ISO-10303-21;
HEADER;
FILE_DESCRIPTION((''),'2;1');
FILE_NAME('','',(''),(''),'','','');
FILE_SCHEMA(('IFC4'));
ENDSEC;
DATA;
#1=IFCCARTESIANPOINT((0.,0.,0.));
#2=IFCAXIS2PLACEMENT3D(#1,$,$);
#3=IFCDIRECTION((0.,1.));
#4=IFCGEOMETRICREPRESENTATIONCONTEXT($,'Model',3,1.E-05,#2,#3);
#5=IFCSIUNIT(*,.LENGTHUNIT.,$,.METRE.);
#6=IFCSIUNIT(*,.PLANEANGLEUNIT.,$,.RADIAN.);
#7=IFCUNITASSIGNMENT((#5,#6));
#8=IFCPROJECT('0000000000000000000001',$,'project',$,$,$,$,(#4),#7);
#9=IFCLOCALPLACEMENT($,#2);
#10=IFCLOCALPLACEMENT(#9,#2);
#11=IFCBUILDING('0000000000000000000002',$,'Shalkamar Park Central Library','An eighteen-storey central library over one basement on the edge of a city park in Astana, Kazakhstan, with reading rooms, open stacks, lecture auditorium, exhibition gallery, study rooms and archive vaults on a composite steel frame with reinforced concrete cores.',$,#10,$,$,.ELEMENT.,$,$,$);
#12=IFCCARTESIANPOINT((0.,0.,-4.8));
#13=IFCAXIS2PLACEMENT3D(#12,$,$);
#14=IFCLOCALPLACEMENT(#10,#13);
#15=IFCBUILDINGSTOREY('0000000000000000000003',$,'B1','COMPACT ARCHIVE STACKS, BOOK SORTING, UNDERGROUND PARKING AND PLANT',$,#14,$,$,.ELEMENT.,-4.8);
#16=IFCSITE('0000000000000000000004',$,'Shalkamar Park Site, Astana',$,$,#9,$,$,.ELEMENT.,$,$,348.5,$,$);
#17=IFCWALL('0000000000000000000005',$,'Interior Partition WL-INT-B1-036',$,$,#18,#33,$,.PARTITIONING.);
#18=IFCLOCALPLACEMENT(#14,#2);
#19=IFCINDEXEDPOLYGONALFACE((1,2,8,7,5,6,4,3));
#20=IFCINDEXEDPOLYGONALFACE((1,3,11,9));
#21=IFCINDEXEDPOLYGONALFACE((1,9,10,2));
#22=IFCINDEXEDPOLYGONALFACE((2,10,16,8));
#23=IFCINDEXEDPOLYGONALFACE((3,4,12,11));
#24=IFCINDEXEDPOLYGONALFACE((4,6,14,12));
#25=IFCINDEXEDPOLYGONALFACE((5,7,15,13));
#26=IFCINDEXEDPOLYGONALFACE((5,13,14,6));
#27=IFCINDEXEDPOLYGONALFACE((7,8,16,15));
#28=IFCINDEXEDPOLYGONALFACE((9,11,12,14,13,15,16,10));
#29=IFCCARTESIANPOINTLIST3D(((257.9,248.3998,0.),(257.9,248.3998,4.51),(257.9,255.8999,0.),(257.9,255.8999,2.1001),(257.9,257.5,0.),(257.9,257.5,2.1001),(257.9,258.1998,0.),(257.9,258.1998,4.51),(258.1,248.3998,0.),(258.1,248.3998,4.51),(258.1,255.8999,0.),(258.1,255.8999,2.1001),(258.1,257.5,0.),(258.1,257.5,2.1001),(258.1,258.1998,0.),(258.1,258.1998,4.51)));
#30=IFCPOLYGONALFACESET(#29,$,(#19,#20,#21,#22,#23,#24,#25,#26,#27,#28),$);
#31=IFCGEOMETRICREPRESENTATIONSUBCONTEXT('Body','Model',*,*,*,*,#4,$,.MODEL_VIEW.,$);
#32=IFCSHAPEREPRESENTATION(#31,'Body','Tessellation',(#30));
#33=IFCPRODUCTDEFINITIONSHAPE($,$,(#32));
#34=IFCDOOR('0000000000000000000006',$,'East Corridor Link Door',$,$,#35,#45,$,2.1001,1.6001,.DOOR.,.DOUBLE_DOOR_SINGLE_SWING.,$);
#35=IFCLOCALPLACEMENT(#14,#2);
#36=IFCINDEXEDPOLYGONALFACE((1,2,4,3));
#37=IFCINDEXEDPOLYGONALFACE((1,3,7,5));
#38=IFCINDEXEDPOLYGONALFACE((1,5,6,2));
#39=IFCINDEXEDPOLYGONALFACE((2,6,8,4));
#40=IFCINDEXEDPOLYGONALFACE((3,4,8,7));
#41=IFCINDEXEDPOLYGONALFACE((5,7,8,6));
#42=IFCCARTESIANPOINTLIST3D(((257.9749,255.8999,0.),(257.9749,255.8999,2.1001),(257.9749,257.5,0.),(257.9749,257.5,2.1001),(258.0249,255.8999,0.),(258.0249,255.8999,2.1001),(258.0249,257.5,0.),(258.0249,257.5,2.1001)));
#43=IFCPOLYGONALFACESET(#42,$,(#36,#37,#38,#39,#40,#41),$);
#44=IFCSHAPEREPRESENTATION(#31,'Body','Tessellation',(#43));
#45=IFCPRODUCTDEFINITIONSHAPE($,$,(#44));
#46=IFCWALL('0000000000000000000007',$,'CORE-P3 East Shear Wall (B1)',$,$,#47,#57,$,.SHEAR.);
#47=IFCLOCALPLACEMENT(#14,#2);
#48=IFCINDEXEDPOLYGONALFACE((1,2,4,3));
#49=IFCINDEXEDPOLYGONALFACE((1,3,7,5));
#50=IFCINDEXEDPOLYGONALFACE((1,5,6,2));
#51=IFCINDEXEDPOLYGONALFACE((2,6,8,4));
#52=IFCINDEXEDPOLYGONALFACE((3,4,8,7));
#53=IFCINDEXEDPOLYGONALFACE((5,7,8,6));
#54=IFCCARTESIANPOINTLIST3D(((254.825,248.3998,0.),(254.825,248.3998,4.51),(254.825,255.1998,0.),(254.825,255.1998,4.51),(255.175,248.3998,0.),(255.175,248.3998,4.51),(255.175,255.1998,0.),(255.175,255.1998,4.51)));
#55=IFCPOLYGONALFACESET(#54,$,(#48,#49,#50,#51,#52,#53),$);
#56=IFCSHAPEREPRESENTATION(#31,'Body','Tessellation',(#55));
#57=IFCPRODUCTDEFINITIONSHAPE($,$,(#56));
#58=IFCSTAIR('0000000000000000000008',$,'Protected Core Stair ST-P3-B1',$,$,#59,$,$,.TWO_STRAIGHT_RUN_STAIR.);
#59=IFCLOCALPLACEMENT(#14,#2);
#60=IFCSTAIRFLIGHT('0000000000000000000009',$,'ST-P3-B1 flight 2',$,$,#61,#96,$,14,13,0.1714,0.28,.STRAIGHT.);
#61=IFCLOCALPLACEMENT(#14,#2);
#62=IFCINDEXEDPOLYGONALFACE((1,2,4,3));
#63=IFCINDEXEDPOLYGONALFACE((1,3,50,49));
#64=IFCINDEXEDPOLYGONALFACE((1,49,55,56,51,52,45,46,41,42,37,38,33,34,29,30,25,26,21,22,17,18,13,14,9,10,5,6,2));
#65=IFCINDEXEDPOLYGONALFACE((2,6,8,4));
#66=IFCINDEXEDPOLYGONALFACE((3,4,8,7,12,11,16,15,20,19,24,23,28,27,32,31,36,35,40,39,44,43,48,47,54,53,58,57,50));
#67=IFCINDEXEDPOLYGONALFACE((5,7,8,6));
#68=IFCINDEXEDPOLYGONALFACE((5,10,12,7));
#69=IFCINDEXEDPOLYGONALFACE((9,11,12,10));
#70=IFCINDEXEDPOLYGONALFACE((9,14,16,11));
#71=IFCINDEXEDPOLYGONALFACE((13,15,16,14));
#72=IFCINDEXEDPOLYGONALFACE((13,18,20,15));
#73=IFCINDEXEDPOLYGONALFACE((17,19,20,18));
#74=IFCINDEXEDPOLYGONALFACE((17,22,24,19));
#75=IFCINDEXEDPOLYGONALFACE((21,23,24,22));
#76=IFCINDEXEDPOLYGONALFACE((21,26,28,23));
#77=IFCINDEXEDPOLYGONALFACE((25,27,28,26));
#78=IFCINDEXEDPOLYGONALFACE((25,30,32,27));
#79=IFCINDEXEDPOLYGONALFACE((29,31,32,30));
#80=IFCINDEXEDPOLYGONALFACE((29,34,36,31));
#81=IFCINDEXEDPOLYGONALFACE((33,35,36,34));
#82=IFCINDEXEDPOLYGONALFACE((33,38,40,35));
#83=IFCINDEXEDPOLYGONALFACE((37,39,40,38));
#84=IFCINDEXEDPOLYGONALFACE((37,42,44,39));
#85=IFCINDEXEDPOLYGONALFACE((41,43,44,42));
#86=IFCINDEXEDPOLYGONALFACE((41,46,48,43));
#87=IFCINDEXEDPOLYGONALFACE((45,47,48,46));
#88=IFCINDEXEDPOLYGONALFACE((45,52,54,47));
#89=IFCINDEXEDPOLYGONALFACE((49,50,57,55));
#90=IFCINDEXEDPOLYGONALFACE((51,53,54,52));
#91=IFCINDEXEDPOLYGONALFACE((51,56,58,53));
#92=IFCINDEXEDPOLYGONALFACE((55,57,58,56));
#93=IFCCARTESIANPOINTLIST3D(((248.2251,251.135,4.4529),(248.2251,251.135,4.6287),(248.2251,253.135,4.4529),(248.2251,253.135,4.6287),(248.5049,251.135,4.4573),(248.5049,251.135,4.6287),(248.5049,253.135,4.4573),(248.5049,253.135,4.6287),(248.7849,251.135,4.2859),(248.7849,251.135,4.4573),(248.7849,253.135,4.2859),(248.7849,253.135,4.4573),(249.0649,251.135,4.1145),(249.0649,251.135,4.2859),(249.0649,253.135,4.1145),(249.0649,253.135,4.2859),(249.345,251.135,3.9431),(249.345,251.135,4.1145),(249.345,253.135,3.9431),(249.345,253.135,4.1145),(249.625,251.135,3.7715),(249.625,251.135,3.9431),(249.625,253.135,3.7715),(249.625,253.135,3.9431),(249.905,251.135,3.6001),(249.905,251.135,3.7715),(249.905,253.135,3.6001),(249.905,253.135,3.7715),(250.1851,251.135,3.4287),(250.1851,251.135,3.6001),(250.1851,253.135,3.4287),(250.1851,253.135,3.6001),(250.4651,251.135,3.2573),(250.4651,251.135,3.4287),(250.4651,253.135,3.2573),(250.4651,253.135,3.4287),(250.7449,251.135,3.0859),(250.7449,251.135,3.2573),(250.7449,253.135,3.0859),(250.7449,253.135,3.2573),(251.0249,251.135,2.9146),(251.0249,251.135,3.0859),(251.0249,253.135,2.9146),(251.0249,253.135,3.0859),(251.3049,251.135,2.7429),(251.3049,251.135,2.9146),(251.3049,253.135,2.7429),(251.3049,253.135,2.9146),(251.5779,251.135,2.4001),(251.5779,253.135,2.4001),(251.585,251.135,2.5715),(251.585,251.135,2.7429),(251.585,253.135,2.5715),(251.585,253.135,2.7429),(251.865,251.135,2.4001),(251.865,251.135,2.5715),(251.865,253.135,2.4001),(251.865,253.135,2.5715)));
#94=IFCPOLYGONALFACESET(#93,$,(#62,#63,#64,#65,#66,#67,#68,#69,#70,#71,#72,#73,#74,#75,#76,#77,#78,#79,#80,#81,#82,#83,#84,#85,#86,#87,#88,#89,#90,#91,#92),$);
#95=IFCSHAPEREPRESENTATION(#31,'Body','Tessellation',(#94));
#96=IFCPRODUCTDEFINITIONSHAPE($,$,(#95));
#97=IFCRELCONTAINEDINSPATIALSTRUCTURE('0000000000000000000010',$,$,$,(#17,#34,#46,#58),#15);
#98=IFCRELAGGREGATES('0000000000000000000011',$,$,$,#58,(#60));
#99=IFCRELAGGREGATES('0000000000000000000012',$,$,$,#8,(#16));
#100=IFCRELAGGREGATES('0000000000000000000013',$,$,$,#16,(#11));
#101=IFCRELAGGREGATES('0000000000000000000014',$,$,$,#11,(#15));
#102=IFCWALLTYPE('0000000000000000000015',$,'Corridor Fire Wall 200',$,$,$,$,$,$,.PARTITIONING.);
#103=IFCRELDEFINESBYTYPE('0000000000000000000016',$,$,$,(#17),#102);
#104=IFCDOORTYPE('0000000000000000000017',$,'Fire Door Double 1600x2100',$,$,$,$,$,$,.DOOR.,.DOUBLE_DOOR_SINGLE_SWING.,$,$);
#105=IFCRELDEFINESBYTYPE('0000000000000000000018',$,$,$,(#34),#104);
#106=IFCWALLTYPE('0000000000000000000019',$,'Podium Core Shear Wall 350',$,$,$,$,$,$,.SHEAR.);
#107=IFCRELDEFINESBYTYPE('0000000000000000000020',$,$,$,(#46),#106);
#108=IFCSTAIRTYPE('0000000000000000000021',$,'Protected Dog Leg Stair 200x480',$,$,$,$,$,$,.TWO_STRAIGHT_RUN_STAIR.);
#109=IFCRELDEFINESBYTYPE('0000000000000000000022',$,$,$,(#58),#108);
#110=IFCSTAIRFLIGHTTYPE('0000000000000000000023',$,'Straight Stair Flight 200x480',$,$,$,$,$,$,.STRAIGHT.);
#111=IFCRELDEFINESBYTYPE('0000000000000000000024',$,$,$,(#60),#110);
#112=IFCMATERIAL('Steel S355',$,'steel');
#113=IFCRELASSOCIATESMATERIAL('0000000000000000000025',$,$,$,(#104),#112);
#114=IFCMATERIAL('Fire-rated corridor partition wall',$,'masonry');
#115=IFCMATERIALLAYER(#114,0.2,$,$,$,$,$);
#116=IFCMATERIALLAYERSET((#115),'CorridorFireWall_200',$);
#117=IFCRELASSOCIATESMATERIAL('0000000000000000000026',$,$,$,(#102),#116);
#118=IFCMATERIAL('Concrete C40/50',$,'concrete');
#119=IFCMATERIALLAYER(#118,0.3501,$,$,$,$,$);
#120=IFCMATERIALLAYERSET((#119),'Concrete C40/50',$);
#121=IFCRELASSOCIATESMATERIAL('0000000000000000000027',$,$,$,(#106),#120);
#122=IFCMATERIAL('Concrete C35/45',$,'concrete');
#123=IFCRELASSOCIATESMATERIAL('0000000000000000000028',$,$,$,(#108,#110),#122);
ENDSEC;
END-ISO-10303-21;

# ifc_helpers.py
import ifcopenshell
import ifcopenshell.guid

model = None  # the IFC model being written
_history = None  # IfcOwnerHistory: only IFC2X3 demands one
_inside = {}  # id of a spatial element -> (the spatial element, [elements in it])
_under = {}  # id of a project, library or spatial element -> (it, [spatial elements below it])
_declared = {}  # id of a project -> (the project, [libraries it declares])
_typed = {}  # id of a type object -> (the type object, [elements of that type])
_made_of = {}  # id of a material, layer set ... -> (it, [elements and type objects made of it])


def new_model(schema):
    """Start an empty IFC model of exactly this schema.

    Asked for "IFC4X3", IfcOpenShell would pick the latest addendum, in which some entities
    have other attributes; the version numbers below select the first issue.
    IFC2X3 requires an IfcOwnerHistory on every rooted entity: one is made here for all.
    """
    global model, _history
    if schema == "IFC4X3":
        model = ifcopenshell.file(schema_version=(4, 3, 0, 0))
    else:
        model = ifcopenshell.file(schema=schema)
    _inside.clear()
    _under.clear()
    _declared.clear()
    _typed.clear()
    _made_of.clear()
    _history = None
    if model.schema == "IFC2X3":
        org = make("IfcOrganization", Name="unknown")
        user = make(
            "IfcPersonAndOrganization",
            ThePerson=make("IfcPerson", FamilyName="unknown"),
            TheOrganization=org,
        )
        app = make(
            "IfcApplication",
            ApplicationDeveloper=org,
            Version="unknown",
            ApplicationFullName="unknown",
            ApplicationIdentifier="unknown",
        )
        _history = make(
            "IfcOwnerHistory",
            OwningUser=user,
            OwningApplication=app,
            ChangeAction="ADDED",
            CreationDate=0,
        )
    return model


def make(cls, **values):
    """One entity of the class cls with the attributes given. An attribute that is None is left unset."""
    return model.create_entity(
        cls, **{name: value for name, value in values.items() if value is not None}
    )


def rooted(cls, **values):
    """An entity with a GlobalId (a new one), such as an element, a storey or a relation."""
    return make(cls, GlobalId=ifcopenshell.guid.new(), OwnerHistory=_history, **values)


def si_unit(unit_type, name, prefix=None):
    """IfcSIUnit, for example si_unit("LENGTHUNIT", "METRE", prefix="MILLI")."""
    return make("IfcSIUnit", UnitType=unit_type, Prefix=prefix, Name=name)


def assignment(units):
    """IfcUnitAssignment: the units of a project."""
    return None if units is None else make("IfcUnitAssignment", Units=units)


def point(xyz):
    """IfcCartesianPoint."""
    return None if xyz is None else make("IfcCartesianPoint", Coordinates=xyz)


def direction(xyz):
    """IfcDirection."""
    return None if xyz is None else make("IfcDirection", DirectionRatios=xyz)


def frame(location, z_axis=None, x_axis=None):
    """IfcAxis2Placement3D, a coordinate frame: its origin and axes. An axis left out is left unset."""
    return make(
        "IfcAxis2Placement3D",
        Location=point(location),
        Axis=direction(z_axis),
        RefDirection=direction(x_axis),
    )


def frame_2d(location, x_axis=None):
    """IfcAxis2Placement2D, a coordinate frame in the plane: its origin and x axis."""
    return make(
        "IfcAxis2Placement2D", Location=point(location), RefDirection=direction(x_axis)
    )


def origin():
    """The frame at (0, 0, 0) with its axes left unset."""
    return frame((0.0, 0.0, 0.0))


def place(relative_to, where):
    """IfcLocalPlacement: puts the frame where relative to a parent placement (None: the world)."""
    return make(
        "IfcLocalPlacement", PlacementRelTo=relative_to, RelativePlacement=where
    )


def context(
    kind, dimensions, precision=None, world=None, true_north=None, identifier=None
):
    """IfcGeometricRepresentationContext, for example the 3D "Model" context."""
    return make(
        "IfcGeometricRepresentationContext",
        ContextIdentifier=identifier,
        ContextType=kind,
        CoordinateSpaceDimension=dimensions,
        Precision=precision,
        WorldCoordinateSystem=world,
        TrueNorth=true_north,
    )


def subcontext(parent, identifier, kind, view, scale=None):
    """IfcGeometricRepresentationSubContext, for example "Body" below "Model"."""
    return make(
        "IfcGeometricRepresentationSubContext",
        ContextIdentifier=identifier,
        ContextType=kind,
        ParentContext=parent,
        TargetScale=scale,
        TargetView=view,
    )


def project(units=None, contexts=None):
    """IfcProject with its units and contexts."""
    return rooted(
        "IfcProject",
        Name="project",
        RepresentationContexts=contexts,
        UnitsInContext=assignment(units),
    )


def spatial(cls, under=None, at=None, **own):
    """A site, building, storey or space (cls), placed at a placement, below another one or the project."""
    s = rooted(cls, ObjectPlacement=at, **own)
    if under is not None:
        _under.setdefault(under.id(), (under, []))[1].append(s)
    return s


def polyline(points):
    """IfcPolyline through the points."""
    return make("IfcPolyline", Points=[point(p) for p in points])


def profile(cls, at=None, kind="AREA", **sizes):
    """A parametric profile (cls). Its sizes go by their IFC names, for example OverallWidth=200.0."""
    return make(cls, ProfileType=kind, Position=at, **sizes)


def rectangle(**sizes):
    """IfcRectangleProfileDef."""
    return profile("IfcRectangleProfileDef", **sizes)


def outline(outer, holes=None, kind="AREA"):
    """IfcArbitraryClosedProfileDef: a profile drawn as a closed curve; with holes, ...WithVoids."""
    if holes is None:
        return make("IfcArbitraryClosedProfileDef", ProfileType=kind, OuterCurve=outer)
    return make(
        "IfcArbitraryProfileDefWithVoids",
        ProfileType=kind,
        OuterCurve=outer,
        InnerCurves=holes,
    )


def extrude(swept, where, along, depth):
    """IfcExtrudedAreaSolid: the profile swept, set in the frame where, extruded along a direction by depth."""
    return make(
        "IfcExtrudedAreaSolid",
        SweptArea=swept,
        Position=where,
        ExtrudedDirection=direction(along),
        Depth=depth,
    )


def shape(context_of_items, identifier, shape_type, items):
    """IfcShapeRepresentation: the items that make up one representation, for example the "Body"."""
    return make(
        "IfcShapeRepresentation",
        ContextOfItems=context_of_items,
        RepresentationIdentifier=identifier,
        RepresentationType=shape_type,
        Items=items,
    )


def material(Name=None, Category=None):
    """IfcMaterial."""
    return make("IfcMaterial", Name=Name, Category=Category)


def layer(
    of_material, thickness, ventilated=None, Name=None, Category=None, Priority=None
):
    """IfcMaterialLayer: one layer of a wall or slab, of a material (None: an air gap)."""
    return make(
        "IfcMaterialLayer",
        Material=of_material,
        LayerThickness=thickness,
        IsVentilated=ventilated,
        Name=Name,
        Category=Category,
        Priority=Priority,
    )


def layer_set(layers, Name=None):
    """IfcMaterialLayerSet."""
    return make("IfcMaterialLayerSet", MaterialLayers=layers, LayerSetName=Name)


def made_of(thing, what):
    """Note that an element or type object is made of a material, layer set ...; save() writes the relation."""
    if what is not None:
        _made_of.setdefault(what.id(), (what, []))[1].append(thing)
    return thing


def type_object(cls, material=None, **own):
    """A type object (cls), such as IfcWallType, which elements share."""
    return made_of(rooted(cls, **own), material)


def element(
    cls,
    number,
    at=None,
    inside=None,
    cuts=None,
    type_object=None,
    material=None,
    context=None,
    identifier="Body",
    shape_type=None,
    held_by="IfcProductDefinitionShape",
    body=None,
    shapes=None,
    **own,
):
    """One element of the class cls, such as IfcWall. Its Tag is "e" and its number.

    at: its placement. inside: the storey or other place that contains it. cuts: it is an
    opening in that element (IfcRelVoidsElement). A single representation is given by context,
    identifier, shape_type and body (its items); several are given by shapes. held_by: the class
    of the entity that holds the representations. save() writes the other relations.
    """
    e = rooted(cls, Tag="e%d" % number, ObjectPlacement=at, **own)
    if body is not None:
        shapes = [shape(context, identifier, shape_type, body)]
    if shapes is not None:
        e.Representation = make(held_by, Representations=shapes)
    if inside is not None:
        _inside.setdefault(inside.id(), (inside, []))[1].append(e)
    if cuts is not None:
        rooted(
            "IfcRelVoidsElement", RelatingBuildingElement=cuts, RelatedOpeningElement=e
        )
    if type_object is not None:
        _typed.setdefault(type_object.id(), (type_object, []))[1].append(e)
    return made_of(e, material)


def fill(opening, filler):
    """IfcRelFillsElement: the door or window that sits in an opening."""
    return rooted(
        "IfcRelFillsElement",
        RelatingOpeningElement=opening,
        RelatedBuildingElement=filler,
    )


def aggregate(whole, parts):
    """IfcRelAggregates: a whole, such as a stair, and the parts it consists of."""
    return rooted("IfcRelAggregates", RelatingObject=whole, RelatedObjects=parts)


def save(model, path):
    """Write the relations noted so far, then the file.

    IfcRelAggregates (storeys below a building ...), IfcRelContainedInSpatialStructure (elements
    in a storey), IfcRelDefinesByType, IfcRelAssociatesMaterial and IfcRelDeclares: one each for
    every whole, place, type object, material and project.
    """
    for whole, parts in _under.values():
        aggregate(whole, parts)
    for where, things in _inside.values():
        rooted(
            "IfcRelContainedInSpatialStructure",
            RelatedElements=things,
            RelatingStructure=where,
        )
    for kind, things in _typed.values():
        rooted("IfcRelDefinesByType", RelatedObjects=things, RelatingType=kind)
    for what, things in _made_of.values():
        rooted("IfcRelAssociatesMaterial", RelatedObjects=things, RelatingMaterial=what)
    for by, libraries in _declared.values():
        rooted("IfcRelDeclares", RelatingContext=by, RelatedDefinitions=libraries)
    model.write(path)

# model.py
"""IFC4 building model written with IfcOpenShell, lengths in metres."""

from ifc_helpers import new_model, si_unit, direction, frame, frame_2d, origin, place, context, subcontext, project, spatial, polyline, rectangle, outline, extrude, material, layer, layer_set, type_object, element, fill, aggregate, save


model = new_model("IFC4")

# Units and contexts
model_context = context("Model", 3, precision=1e-05, world=origin(), true_north=direction((0.0, 1.0)))
body_context = subcontext(model_context, "Body", "Model", "MODEL_VIEW")
ifc_project = project(units=[si_unit("LENGTHUNIT", "METRE"), si_unit("PLANEANGLEUNIT", "RADIAN")], contexts=[model_context])

# Site, building, storey
site_placement = place(None, origin())
site = spatial("IfcSite", under=ifc_project, at=site_placement, Name="Shalkamar Park Site, Astana", CompositionType="ELEMENT", RefElevation=348.5)
building_placement = place(site_placement, origin())
building = spatial("IfcBuilding", under=site, at=building_placement, Name="Shalkamar Park Central Library", Description="An eighteen-storey central library over one basement on the edge of a city park in Astana, Kazakhstan, with reading rooms, open stacks, lecture auditorium, exhibition gallery, study rooms and archive vaults on a composite steel frame with reinforced concrete cores.", CompositionType="ELEMENT")
storey_placement = place(building_placement, frame((0.0, 0.0, -4.8)))
storey = spatial("IfcBuildingStorey", under=building, at=storey_placement, Name="B1", Description="COMPACT ARCHIVE STACKS, BOOK SORTING, UNDERGROUND PARKING AND PLANT", CompositionType="ELEMENT", Elevation=-4.8)

# Shared definitions
ifc_material_1 = material(Name="Concrete C35/45", Category="concrete")

# Shared definitions
ifc_material_2 = material(Name="Steel S355", Category="steel")

# Shared definitions
door_type_1 = type_object("IfcDoorType", Name="Fire Door Double 1600x2100", OperationType="DOUBLE_DOOR_SINGLE_SWING", PredefinedType="DOOR", material=ifc_material_2)
ifc_material_3 = material(Name="Fire-rated corridor partition wall", Category="masonry")
ifc_layer_1 = layer(ifc_material_3, 0.2)
ifc_layer_set_1 = layer_set([ifc_layer_1], Name="CorridorFireWall_200")
wall_type_1 = type_object("IfcWallType", Name="Corridor Fire Wall 200", PredefinedType="PARTITIONING", material=ifc_layer_set_1)

# Wall, opening, door
wall_1_placement = place(storey_placement, frame((258.0, 248.3999, 0.0), z_axis=(0.0, 0.0, 1.0), x_axis=(0.0, 1.0, 0.0)))
wall_1 = element("IfcWall", 1, at=wall_1_placement, inside=storey, type_object=wall_type_1, Name="Interior Partition WL-INT-B1-036", PredefinedType="PARTITIONING", context=body_context, shape_type="SweptSolid", body=[
    extrude(rectangle(XDim=9.8, YDim=0.2, at=frame_2d((4.8999, 0.0))), origin(), (0.0, 0.0, 1.0), 4.51),
])
opening_1_placement = place(wall_1_placement, frame((7.5, 0.0, 0.0)))
opening_1 = element("IfcOpeningElement", 2, at=opening_1_placement, cuts=wall_1, PredefinedType="OPENING", context=body_context, shape_type="SweptSolid", body=[
    extrude(rectangle(XDim=1.6001, YDim=2.1001, at=frame_2d((0.8, 1.05))), frame((0.0, 0.1147, 0.0), z_axis=(0.0, -1.0, 0.0), x_axis=(1.0, 0.0, 0.0)), (0.0, 0.0, 1.0), 0.2297),
])
door_1_placement = place(opening_1_placement, frame((1.6001, 0.0, 0.0), z_axis=(0.0, 0.0, 1.0), x_axis=(-1.0, 0.0, 0.0)))
door_1 = element("IfcDoor", 3, at=door_1_placement, inside=storey, type_object=door_type_1, Name="East Corridor Link Door", OperationType="DOUBLE_DOOR_SINGLE_SWING", OverallHeight=2.1001, OverallWidth=1.6001, PredefinedType="DOOR", context=body_context, shape_type="SweptSolid", body=[
    extrude(rectangle(XDim=1.6001, YDim=2.1001, at=frame_2d((0.8, 1.05))), frame((0.0, 0.0249, 0.0), z_axis=(0.0, -1.0, 0.0), x_axis=(1.0, 0.0, 0.0)), (0.0, 0.0, 1.0), 0.05),
])
fill(opening_1, door_1)

# Wall
ifc_material_4 = material(Name="Concrete C40/50", Category="concrete")
ifc_layer_2 = layer(ifc_material_4, 0.3501)
ifc_layer_set_2 = layer_set([ifc_layer_2], Name="Concrete C40/50")
wall_type_2 = type_object("IfcWallType", Name="Podium Core Shear Wall 350", PredefinedType="SHEAR", material=ifc_layer_set_2)
wall_2_placement = place(storey_placement, frame((255.0, 248.3999, 0.0), z_axis=(0.0, 0.0, 1.0), x_axis=(0.0, 1.0, 0.0)))
element("IfcWall", 4, at=wall_2_placement, inside=storey, type_object=wall_type_2, Name="CORE-P3 East Shear Wall (B1)", PredefinedType="SHEAR", context=body_context, shape_type="SweptSolid", body=[
    extrude(rectangle(XDim=6.8, YDim=0.3501, at=frame_2d((3.3999, 0.0))), origin(), (0.0, 0.0, 1.0), 4.51),
])

# Stair, stair flight
stair_type = type_object("IfcStairType", Name="Protected Dog Leg Stair 200x480", PredefinedType="TWO_STRAIGHT_RUN_STAIR", material=ifc_material_1)
stair_placement = place(storey_placement, origin())
stair = element("IfcStair", 5, at=stair_placement, inside=storey, type_object=stair_type, Name="Protected Core Stair ST-P3-B1", PredefinedType="TWO_STRAIGHT_RUN_STAIR")
stair_flight_type = type_object("IfcStairFlightType", Name="Straight Stair Flight 200x480", PredefinedType="STRAIGHT", material=ifc_material_1)
stair_flight_placement = place(storey_placement, frame((251.865, 252.135, 2.4001), z_axis=(0.0, 0.0, 1.0), x_axis=(-1.0, 0.0, 0.0)))
stair_flight = element("IfcStairFlight", 6, at=stair_flight_placement, type_object=stair_flight_type, Name="ST-P3-B1 flight 2", NumberOfRisers=14, NumberOfTreads=13, PredefinedType="STRAIGHT", RiserHeight=0.1714, TreadLength=0.28, context=body_context, shape_type="SweptSolid", body=[
    extrude(outline(polyline([(0.0, 0.0), (0.0, 0.1714), (0.28, 0.1714), (0.28, 0.3428), (0.5601, 0.3428), (0.5601, 0.5144), (0.8401, 0.5144), (0.8401, 0.6858), (1.1201, 0.6858), (1.1201, 0.8572), (1.3999, 0.8572), (1.3999, 1.0286), (1.6799, 1.0286), (1.6799, 1.2), (1.96, 1.2), (1.96, 1.3713), (2.24, 1.3713), (2.24, 1.543), (2.52, 1.543), (2.52, 1.7144), (2.8, 1.7144), (2.8, 1.8857), (3.0801, 1.8857), (3.0801, 2.0571), (3.3601, 2.0571), (3.3601, 2.2285), (3.6399, 2.2285), (3.6399, 2.3999), (3.6399, 2.0527), (0.2871, 0.0), (0.0, 0.0)])), frame((0.0, 1.0, 0.0), z_axis=(0.0, -1.0, 0.0), x_axis=(1.0, 0.0, 0.0)), (0.0, 0.0, 1.0), 2.0),
])
aggregate(stair, [stair_flight])

save(model, "model.ifc")
